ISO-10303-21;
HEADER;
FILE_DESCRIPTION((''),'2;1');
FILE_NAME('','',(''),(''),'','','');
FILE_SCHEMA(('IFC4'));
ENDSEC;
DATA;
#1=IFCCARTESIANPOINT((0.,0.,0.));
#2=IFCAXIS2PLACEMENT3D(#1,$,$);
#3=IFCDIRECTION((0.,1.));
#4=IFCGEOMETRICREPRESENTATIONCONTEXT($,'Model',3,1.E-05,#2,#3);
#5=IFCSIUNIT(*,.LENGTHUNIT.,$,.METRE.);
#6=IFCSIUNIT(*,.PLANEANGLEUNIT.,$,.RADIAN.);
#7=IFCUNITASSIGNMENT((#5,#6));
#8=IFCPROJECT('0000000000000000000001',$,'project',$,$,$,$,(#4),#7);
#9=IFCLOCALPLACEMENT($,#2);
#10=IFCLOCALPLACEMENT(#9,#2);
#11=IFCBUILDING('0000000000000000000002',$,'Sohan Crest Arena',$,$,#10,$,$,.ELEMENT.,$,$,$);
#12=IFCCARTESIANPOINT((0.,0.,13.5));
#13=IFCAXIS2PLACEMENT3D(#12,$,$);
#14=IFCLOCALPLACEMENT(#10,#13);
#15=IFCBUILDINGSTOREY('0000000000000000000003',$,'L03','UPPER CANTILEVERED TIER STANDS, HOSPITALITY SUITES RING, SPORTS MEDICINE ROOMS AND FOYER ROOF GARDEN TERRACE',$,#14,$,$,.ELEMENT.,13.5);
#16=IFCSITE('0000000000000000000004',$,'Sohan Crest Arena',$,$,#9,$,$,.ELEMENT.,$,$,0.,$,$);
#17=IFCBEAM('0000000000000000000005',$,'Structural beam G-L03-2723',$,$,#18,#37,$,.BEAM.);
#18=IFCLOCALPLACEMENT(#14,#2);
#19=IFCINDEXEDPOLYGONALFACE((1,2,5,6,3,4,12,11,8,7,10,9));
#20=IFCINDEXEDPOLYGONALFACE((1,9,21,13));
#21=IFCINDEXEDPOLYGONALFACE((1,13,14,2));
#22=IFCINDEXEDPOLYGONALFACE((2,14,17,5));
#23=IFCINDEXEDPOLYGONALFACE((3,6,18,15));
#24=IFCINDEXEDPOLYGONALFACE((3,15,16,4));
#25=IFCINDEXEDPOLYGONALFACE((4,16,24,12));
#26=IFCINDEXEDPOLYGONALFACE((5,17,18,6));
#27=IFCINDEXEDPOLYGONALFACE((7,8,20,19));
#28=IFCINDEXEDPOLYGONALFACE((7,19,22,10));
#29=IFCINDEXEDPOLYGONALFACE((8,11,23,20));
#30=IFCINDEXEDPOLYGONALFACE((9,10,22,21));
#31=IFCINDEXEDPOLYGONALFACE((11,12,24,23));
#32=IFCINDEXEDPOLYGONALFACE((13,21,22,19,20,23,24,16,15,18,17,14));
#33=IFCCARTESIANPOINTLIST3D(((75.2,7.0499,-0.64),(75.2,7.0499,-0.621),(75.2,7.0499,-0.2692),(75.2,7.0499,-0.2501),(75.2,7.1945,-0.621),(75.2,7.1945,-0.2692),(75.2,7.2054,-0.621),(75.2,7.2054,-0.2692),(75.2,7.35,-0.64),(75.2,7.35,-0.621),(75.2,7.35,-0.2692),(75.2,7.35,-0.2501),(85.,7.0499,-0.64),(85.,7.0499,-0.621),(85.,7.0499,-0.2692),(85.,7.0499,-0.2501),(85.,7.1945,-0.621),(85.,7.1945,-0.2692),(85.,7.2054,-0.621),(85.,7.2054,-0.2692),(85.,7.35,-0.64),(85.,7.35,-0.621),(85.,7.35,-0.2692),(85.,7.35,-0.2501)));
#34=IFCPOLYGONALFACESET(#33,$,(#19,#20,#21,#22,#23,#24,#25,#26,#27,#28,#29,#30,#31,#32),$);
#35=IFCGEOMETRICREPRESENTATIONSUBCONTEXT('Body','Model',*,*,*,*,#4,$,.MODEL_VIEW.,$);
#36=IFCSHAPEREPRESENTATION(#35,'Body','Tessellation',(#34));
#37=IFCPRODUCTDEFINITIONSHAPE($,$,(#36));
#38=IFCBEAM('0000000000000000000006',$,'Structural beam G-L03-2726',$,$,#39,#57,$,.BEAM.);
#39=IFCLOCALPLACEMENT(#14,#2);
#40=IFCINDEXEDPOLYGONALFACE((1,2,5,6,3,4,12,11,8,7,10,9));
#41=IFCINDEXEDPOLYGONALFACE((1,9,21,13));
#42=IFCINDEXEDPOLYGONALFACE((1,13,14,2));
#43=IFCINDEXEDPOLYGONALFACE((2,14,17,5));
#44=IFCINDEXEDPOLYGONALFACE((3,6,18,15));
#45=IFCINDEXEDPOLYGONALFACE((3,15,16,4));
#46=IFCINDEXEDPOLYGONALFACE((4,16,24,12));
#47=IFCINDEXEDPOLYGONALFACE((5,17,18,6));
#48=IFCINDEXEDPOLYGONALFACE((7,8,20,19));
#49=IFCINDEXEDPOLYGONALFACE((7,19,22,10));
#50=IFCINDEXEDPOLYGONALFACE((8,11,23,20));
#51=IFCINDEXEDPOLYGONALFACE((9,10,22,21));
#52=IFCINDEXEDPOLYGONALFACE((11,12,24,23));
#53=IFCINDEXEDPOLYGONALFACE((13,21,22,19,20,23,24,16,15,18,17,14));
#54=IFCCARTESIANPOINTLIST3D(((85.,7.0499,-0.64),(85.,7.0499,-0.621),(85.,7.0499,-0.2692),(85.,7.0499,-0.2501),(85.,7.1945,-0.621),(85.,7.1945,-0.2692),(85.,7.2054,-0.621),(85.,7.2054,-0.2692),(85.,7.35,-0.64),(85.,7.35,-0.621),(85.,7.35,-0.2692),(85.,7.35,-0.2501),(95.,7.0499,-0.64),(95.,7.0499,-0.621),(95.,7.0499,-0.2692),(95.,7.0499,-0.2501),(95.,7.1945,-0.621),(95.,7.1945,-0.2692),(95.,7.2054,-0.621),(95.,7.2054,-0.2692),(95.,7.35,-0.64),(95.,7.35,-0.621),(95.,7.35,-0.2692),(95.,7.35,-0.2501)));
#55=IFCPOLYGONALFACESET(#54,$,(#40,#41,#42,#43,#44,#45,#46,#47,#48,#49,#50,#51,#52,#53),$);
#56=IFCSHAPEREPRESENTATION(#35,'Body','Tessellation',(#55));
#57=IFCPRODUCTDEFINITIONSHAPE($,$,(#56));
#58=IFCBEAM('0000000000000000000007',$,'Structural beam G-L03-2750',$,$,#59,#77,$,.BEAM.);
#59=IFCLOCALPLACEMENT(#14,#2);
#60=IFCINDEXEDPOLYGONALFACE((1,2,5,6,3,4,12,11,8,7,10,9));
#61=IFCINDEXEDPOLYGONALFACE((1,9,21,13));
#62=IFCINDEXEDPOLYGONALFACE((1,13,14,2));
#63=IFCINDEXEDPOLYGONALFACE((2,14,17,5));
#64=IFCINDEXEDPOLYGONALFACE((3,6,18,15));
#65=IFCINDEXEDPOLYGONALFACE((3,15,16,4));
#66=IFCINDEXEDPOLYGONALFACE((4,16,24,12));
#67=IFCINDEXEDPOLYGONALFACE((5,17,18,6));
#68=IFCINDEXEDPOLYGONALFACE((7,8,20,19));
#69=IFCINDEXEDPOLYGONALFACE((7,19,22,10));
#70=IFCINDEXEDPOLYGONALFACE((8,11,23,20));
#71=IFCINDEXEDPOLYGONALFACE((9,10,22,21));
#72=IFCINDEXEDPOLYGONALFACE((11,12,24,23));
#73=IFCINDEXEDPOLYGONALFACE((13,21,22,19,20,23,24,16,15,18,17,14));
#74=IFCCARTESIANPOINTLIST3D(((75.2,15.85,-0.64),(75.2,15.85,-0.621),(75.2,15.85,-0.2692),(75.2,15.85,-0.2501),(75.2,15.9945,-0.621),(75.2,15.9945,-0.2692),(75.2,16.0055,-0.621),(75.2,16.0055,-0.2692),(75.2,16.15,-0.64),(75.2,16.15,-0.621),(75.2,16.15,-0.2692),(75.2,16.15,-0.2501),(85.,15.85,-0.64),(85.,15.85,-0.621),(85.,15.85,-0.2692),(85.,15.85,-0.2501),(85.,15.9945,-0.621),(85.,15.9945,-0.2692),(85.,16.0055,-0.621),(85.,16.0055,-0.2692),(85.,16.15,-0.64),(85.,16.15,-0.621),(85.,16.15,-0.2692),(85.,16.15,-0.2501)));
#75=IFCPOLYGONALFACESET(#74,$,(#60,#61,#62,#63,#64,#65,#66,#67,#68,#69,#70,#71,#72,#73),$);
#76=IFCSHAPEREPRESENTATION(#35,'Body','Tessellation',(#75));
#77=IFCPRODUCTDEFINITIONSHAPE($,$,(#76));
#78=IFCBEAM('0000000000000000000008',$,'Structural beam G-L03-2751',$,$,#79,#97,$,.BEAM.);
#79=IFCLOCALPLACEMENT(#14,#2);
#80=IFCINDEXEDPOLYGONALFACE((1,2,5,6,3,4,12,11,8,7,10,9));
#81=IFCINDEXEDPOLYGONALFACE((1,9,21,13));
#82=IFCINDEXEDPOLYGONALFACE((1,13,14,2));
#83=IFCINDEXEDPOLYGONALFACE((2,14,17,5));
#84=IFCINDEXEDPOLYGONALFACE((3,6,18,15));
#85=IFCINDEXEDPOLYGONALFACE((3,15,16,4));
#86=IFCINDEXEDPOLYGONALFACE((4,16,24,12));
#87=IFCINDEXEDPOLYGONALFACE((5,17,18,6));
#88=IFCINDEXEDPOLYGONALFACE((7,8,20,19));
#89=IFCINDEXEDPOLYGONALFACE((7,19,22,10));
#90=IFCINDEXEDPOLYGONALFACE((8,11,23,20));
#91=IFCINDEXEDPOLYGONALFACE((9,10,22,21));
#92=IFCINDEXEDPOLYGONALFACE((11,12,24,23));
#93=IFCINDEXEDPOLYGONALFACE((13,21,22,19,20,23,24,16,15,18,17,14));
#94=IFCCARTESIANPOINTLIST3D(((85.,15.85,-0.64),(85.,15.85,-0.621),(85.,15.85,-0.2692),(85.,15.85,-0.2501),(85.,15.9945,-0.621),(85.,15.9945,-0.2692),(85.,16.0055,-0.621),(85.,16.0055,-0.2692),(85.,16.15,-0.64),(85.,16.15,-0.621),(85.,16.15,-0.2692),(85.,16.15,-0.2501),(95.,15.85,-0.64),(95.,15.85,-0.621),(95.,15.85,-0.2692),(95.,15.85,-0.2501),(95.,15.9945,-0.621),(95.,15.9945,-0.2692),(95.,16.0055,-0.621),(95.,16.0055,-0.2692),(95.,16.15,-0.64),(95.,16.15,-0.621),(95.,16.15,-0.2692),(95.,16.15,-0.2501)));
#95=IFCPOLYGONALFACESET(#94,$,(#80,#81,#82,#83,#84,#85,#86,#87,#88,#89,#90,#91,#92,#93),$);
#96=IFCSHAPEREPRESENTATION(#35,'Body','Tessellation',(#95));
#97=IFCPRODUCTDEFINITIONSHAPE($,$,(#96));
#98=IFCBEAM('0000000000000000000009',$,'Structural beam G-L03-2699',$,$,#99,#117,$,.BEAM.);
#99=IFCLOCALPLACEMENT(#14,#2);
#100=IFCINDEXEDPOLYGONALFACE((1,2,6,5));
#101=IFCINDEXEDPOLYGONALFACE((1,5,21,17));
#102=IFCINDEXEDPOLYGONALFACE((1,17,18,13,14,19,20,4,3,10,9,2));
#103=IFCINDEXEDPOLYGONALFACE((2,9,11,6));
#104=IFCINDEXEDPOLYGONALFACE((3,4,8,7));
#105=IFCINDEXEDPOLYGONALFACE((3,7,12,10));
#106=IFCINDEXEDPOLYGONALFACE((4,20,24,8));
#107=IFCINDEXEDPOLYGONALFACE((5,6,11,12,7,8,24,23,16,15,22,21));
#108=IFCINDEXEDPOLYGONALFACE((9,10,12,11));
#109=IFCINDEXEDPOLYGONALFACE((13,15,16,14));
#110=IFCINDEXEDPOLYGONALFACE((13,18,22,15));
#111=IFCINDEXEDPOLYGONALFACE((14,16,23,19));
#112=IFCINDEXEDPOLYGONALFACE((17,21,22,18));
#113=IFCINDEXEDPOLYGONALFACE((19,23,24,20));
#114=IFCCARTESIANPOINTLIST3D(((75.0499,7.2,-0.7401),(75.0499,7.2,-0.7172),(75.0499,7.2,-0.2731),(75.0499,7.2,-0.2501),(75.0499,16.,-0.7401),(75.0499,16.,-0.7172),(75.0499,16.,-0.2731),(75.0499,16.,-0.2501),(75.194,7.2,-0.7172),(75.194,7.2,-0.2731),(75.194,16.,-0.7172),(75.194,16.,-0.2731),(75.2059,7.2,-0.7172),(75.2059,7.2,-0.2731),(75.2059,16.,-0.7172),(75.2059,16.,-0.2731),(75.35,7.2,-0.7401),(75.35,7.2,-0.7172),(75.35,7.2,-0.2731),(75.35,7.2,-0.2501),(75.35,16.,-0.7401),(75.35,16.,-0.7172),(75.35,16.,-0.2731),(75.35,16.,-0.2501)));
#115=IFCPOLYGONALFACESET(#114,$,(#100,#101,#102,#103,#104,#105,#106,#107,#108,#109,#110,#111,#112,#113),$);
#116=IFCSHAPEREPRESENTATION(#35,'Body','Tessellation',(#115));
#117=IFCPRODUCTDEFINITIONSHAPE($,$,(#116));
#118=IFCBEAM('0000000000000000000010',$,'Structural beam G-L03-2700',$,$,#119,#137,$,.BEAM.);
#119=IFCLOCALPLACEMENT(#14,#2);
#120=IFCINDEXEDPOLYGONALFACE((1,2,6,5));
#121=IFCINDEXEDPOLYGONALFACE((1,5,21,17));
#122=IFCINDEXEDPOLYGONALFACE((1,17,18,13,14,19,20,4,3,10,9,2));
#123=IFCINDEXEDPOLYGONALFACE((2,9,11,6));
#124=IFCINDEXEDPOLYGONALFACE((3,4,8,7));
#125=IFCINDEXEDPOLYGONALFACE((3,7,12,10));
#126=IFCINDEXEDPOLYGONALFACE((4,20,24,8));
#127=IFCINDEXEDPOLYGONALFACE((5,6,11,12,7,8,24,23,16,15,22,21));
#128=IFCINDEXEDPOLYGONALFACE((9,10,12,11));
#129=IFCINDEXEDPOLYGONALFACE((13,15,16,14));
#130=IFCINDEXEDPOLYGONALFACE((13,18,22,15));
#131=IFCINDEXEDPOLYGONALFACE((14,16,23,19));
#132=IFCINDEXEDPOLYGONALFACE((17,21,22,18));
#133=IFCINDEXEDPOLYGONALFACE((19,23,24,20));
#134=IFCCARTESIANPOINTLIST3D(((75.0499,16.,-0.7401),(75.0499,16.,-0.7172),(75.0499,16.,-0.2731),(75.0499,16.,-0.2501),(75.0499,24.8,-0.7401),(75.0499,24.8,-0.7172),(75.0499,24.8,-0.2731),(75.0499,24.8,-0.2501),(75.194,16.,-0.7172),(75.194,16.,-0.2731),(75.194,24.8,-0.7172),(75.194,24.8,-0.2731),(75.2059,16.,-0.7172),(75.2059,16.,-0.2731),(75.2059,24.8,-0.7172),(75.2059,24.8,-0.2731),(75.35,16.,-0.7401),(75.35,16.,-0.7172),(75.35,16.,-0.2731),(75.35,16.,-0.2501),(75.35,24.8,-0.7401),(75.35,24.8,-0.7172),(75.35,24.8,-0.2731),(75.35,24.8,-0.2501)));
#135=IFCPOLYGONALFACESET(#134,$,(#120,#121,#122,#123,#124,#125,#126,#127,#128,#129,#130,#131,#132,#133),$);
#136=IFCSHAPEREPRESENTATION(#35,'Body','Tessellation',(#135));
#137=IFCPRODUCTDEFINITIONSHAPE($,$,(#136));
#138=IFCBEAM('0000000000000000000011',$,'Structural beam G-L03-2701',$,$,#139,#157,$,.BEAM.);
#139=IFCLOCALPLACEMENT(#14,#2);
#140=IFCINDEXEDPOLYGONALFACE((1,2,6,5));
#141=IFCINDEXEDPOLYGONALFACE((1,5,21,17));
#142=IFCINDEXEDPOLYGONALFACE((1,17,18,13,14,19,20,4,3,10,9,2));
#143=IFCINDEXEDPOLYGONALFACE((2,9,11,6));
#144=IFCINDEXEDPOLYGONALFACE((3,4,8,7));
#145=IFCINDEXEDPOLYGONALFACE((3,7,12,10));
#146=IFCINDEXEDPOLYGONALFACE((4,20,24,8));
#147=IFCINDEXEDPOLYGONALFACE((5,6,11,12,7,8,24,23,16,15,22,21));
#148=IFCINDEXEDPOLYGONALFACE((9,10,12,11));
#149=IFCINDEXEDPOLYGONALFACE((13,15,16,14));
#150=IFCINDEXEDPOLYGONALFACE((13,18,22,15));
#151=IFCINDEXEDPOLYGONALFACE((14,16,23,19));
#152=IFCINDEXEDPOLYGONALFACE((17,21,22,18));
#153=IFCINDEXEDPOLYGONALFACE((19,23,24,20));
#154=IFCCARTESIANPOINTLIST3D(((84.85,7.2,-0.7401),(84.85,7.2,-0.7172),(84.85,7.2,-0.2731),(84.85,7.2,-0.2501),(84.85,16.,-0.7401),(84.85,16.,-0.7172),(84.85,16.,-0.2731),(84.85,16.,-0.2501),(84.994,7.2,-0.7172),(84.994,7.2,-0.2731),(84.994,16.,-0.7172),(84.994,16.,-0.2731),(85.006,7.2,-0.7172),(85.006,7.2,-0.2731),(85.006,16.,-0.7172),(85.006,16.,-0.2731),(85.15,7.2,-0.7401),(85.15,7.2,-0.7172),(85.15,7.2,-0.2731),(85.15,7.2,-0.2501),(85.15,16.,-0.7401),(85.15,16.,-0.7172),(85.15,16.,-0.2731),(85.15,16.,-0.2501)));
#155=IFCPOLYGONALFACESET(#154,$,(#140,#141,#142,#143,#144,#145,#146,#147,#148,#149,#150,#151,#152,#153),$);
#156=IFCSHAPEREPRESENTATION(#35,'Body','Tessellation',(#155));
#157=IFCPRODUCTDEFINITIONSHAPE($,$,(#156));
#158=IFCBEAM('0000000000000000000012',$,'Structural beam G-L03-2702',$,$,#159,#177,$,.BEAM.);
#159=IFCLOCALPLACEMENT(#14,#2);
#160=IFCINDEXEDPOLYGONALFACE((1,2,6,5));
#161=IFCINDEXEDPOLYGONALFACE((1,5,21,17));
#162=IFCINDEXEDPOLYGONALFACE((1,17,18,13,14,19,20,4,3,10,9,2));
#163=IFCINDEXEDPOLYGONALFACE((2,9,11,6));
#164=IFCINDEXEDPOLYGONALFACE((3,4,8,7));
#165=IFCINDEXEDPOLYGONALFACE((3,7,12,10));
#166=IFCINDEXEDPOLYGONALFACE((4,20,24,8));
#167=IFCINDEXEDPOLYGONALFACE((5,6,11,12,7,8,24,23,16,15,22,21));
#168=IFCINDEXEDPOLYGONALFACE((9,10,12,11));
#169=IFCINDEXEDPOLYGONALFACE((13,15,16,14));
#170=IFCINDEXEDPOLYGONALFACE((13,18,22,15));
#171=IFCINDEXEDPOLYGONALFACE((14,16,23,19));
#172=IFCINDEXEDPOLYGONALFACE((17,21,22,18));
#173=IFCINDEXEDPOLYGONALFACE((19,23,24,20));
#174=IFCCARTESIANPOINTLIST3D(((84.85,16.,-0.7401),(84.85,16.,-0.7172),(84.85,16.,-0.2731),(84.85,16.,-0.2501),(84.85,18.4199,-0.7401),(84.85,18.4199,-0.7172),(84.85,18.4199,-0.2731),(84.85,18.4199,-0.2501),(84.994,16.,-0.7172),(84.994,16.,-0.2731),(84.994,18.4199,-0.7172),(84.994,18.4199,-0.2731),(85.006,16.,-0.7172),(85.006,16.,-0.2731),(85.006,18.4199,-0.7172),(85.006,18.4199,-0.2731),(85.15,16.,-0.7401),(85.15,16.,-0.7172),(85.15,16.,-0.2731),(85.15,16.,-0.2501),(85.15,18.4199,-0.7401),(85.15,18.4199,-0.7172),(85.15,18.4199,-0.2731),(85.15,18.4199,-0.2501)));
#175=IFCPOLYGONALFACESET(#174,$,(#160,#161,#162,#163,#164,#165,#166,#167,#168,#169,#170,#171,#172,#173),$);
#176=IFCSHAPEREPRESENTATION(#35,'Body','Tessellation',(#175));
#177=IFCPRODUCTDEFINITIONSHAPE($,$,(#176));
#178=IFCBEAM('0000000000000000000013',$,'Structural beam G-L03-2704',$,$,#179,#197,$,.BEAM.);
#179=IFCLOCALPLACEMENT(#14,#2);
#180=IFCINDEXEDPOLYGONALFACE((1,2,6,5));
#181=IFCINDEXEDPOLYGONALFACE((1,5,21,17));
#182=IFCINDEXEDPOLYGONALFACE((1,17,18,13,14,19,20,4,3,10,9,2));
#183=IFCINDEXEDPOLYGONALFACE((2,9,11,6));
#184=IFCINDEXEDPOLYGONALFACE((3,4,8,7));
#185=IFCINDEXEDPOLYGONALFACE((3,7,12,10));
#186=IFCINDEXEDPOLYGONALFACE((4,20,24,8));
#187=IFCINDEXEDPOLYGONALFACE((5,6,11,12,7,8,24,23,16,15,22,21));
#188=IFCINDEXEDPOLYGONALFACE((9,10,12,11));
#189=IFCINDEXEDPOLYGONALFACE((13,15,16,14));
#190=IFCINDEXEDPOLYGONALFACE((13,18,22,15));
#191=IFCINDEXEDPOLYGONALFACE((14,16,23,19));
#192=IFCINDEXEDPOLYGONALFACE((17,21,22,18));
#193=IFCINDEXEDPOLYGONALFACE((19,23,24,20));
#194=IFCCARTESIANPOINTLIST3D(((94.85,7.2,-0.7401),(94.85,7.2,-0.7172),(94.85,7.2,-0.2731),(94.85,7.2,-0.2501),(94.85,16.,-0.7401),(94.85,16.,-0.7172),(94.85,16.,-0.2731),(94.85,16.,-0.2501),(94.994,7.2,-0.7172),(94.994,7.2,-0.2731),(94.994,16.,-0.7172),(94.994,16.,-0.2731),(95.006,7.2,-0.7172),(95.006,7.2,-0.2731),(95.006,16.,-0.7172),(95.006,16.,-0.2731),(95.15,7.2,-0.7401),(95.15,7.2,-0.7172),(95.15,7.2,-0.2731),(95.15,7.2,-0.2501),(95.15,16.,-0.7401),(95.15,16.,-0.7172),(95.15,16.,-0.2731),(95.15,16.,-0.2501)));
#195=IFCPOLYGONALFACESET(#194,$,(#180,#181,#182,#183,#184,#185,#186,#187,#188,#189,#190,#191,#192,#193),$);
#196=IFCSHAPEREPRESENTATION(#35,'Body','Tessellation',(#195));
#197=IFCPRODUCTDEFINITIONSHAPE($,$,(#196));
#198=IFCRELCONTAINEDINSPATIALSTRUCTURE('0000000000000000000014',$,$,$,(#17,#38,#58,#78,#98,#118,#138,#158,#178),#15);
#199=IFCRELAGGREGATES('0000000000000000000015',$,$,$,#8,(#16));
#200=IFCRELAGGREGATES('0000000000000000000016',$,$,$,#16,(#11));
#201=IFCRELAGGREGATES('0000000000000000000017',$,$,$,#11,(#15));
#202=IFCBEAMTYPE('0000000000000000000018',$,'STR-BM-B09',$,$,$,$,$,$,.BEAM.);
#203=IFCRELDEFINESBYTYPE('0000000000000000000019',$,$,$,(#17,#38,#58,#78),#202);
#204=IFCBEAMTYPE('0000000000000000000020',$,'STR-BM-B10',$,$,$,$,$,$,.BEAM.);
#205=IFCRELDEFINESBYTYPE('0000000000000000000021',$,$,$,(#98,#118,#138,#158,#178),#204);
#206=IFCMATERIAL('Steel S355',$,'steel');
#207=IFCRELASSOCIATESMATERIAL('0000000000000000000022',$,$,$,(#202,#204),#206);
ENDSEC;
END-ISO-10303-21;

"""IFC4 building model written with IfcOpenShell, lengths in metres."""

from ifc_helpers import new_model, si_unit, direction, frame, origin, origin_2d, place, context, subcontext, project, spatial, i_section, extrude, material, material_profile, profile_set, type_object, element, save


model = new_model("IFC4")

# Units and contexts
model_context = context("Model", 3, precision=1e-05, world=origin(), true_north=direction((0.0, 1.0)))
body_context = subcontext(model_context, "Body", "Model", "MODEL_VIEW")
ifc_project = project(units=[si_unit("LENGTHUNIT", "METRE"), si_unit("PLANEANGLEUNIT", "RADIAN")], contexts=[model_context])

# Site, building, storey
site_placement = place(None, origin())
site = spatial("IfcSite", under=ifc_project, at=site_placement, Name="Sohan Crest Arena", CompositionType="ELEMENT", RefElevation=0.0)
building_placement = place(site_placement, origin())
building = spatial("IfcBuilding", under=site, at=building_placement, Name="Sohan Crest Arena", CompositionType="ELEMENT")
storey_placement = place(building_placement, frame((0.0, 0.0, 13.5)))
storey = spatial("IfcBuildingStorey", under=building, at=storey_placement, Name="L03", Description="UPPER CANTILEVERED TIER STANDS, HOSPITALITY SUITES RING, SPORTS MEDICINE ROOMS AND FOYER ROOF GARDEN TERRACE", CompositionType="ELEMENT", Elevation=13.5)

# Shared definitions
ifc_material_1 = material(Name="Steel S355", Category="steel")

# Beams
ifc_material_profile_1 = material_profile(ifc_material_1, i_section(OverallWidth=0.3, OverallDepth=0.3899, WebThickness=0.011, FlangeThickness=0.019, at=origin_2d()), Name="HEA 400")
ifc_profile_set_1 = profile_set([ifc_material_profile_1], Name="Steel S355")
beam_type_1 = type_object("IfcBeamType", Name="STR-BM-B09", PredefinedType="BEAM", material=ifc_profile_set_1)
beam_1_placement = place(storey_placement, frame((75.2, 7.2, -0.4451), z_axis=(1.0, 0.0, 0.0), x_axis=(0.0, 1.0, 0.0)))
element("IfcBeam", 1, at=beam_1_placement, inside=storey, type_object=beam_type_1, Name="Structural beam G-L03-2723", PredefinedType="BEAM", context=body_context, shape_type="SweptSolid", body=[
    extrude(i_section(OverallWidth=0.3, OverallDepth=0.3899, WebThickness=0.011, FlangeThickness=0.019, at=origin_2d()), origin(), (0.0, 0.0, 1.0), 9.8),
])
beam_2_placement = place(storey_placement, frame((85.0, 7.2, -0.4451), z_axis=(1.0, 0.0, 0.0), x_axis=(0.0, 1.0, 0.0)))
element("IfcBeam", 2, at=beam_2_placement, inside=storey, type_object=beam_type_1, Name="Structural beam G-L03-2726", PredefinedType="BEAM", context=body_context, shape_type="SweptSolid", body=[
    extrude(i_section(OverallWidth=0.3, OverallDepth=0.3899, WebThickness=0.011, FlangeThickness=0.019, at=origin_2d()), origin(), (0.0, 0.0, 1.0), 10.0),
])
beam_3_placement = place(storey_placement, frame((75.2, 16.0, -0.4451), z_axis=(1.0, 0.0, 0.0), x_axis=(0.0, 1.0, 0.0)))
element("IfcBeam", 3, at=beam_3_placement, inside=storey, type_object=beam_type_1, Name="Structural beam G-L03-2750", PredefinedType="BEAM", context=body_context, shape_type="SweptSolid", body=[
    extrude(i_section(OverallWidth=0.3, OverallDepth=0.3899, WebThickness=0.011, FlangeThickness=0.019, at=origin_2d()), origin(), (0.0, 0.0, 1.0), 9.8),
])
beam_4_placement = place(storey_placement, frame((85.0, 16.0, -0.4451), z_axis=(1.0, 0.0, 0.0), x_axis=(0.0, 1.0, 0.0)))
element("IfcBeam", 4, at=beam_4_placement, inside=storey, type_object=beam_type_1, Name="Structural beam G-L03-2751", PredefinedType="BEAM", context=body_context, shape_type="SweptSolid", body=[
    extrude(i_section(OverallWidth=0.3, OverallDepth=0.3899, WebThickness=0.011, FlangeThickness=0.019, at=origin_2d()), origin(), (0.0, 0.0, 1.0), 10.0),
])
ifc_material_profile_2 = material_profile(ifc_material_1, i_section(OverallWidth=0.3, OverallDepth=0.49, WebThickness=0.012, FlangeThickness=0.0229, at=origin_2d()), Name="HEA 500")
ifc_profile_set_2 = profile_set([ifc_material_profile_2], Name="Steel S355")
beam_type_2 = type_object("IfcBeamType", Name="STR-BM-B10", PredefinedType="BEAM", material=ifc_profile_set_2)
for number, where, z_axis, x_axis, name in (
    (5, (75.2, 7.2, -0.4951), (0.0, 1.0, 0.0), (-1.0, 0.0, 0.0), "Structural beam G-L03-2699"),
    (6, (75.2, 16.0, -0.4951), (0.0, 1.0, 0.0), (-1.0, 0.0, 0.0), "Structural beam G-L03-2700"),
    (7, (85.0, 7.2, -0.4951), (0.0, 1.0, 0.0), (-1.0, 0.0, 0.0), "Structural beam G-L03-2701"),
):
    element("IfcBeam", number, at=place(storey_placement, frame(where, z_axis=z_axis, x_axis=x_axis)), inside=storey, type_object=beam_type_2, Name=name, PredefinedType="BEAM", context=body_context, shape_type="SweptSolid", body=[
        extrude(i_section(OverallWidth=0.3, OverallDepth=0.49, WebThickness=0.012, FlangeThickness=0.0229, at=origin_2d()), origin(), (0.0, 0.0, 1.0), 8.8),
    ])
beam_5_placement = place(storey_placement, frame((85.0, 16.0, -0.4951), z_axis=(0.0, 1.0, 0.0), x_axis=(-1.0, 0.0, 0.0)))
element("IfcBeam", 8, at=beam_5_placement, inside=storey, type_object=beam_type_2, Name="Structural beam G-L03-2702", PredefinedType="BEAM", context=body_context, shape_type="SweptSolid", body=[
    extrude(i_section(OverallWidth=0.3, OverallDepth=0.49, WebThickness=0.012, FlangeThickness=0.0229, at=origin_2d()), origin(), (0.0, 0.0, 1.0), 2.4199),
])
beam_6_placement = place(storey_placement, frame((95.0, 7.2, -0.4951), z_axis=(0.0, 1.0, 0.0), x_axis=(-1.0, 0.0, 0.0)))
element("IfcBeam", 9, at=beam_6_placement, inside=storey, type_object=beam_type_2, Name="Structural beam G-L03-2704", PredefinedType="BEAM", context=body_context, shape_type="SweptSolid", body=[
    extrude(i_section(OverallWidth=0.3, OverallDepth=0.49, WebThickness=0.012, FlangeThickness=0.0229, at=origin_2d()), origin(), (0.0, 0.0, 1.0), 8.8),
])

save(model, "model.ifc")
